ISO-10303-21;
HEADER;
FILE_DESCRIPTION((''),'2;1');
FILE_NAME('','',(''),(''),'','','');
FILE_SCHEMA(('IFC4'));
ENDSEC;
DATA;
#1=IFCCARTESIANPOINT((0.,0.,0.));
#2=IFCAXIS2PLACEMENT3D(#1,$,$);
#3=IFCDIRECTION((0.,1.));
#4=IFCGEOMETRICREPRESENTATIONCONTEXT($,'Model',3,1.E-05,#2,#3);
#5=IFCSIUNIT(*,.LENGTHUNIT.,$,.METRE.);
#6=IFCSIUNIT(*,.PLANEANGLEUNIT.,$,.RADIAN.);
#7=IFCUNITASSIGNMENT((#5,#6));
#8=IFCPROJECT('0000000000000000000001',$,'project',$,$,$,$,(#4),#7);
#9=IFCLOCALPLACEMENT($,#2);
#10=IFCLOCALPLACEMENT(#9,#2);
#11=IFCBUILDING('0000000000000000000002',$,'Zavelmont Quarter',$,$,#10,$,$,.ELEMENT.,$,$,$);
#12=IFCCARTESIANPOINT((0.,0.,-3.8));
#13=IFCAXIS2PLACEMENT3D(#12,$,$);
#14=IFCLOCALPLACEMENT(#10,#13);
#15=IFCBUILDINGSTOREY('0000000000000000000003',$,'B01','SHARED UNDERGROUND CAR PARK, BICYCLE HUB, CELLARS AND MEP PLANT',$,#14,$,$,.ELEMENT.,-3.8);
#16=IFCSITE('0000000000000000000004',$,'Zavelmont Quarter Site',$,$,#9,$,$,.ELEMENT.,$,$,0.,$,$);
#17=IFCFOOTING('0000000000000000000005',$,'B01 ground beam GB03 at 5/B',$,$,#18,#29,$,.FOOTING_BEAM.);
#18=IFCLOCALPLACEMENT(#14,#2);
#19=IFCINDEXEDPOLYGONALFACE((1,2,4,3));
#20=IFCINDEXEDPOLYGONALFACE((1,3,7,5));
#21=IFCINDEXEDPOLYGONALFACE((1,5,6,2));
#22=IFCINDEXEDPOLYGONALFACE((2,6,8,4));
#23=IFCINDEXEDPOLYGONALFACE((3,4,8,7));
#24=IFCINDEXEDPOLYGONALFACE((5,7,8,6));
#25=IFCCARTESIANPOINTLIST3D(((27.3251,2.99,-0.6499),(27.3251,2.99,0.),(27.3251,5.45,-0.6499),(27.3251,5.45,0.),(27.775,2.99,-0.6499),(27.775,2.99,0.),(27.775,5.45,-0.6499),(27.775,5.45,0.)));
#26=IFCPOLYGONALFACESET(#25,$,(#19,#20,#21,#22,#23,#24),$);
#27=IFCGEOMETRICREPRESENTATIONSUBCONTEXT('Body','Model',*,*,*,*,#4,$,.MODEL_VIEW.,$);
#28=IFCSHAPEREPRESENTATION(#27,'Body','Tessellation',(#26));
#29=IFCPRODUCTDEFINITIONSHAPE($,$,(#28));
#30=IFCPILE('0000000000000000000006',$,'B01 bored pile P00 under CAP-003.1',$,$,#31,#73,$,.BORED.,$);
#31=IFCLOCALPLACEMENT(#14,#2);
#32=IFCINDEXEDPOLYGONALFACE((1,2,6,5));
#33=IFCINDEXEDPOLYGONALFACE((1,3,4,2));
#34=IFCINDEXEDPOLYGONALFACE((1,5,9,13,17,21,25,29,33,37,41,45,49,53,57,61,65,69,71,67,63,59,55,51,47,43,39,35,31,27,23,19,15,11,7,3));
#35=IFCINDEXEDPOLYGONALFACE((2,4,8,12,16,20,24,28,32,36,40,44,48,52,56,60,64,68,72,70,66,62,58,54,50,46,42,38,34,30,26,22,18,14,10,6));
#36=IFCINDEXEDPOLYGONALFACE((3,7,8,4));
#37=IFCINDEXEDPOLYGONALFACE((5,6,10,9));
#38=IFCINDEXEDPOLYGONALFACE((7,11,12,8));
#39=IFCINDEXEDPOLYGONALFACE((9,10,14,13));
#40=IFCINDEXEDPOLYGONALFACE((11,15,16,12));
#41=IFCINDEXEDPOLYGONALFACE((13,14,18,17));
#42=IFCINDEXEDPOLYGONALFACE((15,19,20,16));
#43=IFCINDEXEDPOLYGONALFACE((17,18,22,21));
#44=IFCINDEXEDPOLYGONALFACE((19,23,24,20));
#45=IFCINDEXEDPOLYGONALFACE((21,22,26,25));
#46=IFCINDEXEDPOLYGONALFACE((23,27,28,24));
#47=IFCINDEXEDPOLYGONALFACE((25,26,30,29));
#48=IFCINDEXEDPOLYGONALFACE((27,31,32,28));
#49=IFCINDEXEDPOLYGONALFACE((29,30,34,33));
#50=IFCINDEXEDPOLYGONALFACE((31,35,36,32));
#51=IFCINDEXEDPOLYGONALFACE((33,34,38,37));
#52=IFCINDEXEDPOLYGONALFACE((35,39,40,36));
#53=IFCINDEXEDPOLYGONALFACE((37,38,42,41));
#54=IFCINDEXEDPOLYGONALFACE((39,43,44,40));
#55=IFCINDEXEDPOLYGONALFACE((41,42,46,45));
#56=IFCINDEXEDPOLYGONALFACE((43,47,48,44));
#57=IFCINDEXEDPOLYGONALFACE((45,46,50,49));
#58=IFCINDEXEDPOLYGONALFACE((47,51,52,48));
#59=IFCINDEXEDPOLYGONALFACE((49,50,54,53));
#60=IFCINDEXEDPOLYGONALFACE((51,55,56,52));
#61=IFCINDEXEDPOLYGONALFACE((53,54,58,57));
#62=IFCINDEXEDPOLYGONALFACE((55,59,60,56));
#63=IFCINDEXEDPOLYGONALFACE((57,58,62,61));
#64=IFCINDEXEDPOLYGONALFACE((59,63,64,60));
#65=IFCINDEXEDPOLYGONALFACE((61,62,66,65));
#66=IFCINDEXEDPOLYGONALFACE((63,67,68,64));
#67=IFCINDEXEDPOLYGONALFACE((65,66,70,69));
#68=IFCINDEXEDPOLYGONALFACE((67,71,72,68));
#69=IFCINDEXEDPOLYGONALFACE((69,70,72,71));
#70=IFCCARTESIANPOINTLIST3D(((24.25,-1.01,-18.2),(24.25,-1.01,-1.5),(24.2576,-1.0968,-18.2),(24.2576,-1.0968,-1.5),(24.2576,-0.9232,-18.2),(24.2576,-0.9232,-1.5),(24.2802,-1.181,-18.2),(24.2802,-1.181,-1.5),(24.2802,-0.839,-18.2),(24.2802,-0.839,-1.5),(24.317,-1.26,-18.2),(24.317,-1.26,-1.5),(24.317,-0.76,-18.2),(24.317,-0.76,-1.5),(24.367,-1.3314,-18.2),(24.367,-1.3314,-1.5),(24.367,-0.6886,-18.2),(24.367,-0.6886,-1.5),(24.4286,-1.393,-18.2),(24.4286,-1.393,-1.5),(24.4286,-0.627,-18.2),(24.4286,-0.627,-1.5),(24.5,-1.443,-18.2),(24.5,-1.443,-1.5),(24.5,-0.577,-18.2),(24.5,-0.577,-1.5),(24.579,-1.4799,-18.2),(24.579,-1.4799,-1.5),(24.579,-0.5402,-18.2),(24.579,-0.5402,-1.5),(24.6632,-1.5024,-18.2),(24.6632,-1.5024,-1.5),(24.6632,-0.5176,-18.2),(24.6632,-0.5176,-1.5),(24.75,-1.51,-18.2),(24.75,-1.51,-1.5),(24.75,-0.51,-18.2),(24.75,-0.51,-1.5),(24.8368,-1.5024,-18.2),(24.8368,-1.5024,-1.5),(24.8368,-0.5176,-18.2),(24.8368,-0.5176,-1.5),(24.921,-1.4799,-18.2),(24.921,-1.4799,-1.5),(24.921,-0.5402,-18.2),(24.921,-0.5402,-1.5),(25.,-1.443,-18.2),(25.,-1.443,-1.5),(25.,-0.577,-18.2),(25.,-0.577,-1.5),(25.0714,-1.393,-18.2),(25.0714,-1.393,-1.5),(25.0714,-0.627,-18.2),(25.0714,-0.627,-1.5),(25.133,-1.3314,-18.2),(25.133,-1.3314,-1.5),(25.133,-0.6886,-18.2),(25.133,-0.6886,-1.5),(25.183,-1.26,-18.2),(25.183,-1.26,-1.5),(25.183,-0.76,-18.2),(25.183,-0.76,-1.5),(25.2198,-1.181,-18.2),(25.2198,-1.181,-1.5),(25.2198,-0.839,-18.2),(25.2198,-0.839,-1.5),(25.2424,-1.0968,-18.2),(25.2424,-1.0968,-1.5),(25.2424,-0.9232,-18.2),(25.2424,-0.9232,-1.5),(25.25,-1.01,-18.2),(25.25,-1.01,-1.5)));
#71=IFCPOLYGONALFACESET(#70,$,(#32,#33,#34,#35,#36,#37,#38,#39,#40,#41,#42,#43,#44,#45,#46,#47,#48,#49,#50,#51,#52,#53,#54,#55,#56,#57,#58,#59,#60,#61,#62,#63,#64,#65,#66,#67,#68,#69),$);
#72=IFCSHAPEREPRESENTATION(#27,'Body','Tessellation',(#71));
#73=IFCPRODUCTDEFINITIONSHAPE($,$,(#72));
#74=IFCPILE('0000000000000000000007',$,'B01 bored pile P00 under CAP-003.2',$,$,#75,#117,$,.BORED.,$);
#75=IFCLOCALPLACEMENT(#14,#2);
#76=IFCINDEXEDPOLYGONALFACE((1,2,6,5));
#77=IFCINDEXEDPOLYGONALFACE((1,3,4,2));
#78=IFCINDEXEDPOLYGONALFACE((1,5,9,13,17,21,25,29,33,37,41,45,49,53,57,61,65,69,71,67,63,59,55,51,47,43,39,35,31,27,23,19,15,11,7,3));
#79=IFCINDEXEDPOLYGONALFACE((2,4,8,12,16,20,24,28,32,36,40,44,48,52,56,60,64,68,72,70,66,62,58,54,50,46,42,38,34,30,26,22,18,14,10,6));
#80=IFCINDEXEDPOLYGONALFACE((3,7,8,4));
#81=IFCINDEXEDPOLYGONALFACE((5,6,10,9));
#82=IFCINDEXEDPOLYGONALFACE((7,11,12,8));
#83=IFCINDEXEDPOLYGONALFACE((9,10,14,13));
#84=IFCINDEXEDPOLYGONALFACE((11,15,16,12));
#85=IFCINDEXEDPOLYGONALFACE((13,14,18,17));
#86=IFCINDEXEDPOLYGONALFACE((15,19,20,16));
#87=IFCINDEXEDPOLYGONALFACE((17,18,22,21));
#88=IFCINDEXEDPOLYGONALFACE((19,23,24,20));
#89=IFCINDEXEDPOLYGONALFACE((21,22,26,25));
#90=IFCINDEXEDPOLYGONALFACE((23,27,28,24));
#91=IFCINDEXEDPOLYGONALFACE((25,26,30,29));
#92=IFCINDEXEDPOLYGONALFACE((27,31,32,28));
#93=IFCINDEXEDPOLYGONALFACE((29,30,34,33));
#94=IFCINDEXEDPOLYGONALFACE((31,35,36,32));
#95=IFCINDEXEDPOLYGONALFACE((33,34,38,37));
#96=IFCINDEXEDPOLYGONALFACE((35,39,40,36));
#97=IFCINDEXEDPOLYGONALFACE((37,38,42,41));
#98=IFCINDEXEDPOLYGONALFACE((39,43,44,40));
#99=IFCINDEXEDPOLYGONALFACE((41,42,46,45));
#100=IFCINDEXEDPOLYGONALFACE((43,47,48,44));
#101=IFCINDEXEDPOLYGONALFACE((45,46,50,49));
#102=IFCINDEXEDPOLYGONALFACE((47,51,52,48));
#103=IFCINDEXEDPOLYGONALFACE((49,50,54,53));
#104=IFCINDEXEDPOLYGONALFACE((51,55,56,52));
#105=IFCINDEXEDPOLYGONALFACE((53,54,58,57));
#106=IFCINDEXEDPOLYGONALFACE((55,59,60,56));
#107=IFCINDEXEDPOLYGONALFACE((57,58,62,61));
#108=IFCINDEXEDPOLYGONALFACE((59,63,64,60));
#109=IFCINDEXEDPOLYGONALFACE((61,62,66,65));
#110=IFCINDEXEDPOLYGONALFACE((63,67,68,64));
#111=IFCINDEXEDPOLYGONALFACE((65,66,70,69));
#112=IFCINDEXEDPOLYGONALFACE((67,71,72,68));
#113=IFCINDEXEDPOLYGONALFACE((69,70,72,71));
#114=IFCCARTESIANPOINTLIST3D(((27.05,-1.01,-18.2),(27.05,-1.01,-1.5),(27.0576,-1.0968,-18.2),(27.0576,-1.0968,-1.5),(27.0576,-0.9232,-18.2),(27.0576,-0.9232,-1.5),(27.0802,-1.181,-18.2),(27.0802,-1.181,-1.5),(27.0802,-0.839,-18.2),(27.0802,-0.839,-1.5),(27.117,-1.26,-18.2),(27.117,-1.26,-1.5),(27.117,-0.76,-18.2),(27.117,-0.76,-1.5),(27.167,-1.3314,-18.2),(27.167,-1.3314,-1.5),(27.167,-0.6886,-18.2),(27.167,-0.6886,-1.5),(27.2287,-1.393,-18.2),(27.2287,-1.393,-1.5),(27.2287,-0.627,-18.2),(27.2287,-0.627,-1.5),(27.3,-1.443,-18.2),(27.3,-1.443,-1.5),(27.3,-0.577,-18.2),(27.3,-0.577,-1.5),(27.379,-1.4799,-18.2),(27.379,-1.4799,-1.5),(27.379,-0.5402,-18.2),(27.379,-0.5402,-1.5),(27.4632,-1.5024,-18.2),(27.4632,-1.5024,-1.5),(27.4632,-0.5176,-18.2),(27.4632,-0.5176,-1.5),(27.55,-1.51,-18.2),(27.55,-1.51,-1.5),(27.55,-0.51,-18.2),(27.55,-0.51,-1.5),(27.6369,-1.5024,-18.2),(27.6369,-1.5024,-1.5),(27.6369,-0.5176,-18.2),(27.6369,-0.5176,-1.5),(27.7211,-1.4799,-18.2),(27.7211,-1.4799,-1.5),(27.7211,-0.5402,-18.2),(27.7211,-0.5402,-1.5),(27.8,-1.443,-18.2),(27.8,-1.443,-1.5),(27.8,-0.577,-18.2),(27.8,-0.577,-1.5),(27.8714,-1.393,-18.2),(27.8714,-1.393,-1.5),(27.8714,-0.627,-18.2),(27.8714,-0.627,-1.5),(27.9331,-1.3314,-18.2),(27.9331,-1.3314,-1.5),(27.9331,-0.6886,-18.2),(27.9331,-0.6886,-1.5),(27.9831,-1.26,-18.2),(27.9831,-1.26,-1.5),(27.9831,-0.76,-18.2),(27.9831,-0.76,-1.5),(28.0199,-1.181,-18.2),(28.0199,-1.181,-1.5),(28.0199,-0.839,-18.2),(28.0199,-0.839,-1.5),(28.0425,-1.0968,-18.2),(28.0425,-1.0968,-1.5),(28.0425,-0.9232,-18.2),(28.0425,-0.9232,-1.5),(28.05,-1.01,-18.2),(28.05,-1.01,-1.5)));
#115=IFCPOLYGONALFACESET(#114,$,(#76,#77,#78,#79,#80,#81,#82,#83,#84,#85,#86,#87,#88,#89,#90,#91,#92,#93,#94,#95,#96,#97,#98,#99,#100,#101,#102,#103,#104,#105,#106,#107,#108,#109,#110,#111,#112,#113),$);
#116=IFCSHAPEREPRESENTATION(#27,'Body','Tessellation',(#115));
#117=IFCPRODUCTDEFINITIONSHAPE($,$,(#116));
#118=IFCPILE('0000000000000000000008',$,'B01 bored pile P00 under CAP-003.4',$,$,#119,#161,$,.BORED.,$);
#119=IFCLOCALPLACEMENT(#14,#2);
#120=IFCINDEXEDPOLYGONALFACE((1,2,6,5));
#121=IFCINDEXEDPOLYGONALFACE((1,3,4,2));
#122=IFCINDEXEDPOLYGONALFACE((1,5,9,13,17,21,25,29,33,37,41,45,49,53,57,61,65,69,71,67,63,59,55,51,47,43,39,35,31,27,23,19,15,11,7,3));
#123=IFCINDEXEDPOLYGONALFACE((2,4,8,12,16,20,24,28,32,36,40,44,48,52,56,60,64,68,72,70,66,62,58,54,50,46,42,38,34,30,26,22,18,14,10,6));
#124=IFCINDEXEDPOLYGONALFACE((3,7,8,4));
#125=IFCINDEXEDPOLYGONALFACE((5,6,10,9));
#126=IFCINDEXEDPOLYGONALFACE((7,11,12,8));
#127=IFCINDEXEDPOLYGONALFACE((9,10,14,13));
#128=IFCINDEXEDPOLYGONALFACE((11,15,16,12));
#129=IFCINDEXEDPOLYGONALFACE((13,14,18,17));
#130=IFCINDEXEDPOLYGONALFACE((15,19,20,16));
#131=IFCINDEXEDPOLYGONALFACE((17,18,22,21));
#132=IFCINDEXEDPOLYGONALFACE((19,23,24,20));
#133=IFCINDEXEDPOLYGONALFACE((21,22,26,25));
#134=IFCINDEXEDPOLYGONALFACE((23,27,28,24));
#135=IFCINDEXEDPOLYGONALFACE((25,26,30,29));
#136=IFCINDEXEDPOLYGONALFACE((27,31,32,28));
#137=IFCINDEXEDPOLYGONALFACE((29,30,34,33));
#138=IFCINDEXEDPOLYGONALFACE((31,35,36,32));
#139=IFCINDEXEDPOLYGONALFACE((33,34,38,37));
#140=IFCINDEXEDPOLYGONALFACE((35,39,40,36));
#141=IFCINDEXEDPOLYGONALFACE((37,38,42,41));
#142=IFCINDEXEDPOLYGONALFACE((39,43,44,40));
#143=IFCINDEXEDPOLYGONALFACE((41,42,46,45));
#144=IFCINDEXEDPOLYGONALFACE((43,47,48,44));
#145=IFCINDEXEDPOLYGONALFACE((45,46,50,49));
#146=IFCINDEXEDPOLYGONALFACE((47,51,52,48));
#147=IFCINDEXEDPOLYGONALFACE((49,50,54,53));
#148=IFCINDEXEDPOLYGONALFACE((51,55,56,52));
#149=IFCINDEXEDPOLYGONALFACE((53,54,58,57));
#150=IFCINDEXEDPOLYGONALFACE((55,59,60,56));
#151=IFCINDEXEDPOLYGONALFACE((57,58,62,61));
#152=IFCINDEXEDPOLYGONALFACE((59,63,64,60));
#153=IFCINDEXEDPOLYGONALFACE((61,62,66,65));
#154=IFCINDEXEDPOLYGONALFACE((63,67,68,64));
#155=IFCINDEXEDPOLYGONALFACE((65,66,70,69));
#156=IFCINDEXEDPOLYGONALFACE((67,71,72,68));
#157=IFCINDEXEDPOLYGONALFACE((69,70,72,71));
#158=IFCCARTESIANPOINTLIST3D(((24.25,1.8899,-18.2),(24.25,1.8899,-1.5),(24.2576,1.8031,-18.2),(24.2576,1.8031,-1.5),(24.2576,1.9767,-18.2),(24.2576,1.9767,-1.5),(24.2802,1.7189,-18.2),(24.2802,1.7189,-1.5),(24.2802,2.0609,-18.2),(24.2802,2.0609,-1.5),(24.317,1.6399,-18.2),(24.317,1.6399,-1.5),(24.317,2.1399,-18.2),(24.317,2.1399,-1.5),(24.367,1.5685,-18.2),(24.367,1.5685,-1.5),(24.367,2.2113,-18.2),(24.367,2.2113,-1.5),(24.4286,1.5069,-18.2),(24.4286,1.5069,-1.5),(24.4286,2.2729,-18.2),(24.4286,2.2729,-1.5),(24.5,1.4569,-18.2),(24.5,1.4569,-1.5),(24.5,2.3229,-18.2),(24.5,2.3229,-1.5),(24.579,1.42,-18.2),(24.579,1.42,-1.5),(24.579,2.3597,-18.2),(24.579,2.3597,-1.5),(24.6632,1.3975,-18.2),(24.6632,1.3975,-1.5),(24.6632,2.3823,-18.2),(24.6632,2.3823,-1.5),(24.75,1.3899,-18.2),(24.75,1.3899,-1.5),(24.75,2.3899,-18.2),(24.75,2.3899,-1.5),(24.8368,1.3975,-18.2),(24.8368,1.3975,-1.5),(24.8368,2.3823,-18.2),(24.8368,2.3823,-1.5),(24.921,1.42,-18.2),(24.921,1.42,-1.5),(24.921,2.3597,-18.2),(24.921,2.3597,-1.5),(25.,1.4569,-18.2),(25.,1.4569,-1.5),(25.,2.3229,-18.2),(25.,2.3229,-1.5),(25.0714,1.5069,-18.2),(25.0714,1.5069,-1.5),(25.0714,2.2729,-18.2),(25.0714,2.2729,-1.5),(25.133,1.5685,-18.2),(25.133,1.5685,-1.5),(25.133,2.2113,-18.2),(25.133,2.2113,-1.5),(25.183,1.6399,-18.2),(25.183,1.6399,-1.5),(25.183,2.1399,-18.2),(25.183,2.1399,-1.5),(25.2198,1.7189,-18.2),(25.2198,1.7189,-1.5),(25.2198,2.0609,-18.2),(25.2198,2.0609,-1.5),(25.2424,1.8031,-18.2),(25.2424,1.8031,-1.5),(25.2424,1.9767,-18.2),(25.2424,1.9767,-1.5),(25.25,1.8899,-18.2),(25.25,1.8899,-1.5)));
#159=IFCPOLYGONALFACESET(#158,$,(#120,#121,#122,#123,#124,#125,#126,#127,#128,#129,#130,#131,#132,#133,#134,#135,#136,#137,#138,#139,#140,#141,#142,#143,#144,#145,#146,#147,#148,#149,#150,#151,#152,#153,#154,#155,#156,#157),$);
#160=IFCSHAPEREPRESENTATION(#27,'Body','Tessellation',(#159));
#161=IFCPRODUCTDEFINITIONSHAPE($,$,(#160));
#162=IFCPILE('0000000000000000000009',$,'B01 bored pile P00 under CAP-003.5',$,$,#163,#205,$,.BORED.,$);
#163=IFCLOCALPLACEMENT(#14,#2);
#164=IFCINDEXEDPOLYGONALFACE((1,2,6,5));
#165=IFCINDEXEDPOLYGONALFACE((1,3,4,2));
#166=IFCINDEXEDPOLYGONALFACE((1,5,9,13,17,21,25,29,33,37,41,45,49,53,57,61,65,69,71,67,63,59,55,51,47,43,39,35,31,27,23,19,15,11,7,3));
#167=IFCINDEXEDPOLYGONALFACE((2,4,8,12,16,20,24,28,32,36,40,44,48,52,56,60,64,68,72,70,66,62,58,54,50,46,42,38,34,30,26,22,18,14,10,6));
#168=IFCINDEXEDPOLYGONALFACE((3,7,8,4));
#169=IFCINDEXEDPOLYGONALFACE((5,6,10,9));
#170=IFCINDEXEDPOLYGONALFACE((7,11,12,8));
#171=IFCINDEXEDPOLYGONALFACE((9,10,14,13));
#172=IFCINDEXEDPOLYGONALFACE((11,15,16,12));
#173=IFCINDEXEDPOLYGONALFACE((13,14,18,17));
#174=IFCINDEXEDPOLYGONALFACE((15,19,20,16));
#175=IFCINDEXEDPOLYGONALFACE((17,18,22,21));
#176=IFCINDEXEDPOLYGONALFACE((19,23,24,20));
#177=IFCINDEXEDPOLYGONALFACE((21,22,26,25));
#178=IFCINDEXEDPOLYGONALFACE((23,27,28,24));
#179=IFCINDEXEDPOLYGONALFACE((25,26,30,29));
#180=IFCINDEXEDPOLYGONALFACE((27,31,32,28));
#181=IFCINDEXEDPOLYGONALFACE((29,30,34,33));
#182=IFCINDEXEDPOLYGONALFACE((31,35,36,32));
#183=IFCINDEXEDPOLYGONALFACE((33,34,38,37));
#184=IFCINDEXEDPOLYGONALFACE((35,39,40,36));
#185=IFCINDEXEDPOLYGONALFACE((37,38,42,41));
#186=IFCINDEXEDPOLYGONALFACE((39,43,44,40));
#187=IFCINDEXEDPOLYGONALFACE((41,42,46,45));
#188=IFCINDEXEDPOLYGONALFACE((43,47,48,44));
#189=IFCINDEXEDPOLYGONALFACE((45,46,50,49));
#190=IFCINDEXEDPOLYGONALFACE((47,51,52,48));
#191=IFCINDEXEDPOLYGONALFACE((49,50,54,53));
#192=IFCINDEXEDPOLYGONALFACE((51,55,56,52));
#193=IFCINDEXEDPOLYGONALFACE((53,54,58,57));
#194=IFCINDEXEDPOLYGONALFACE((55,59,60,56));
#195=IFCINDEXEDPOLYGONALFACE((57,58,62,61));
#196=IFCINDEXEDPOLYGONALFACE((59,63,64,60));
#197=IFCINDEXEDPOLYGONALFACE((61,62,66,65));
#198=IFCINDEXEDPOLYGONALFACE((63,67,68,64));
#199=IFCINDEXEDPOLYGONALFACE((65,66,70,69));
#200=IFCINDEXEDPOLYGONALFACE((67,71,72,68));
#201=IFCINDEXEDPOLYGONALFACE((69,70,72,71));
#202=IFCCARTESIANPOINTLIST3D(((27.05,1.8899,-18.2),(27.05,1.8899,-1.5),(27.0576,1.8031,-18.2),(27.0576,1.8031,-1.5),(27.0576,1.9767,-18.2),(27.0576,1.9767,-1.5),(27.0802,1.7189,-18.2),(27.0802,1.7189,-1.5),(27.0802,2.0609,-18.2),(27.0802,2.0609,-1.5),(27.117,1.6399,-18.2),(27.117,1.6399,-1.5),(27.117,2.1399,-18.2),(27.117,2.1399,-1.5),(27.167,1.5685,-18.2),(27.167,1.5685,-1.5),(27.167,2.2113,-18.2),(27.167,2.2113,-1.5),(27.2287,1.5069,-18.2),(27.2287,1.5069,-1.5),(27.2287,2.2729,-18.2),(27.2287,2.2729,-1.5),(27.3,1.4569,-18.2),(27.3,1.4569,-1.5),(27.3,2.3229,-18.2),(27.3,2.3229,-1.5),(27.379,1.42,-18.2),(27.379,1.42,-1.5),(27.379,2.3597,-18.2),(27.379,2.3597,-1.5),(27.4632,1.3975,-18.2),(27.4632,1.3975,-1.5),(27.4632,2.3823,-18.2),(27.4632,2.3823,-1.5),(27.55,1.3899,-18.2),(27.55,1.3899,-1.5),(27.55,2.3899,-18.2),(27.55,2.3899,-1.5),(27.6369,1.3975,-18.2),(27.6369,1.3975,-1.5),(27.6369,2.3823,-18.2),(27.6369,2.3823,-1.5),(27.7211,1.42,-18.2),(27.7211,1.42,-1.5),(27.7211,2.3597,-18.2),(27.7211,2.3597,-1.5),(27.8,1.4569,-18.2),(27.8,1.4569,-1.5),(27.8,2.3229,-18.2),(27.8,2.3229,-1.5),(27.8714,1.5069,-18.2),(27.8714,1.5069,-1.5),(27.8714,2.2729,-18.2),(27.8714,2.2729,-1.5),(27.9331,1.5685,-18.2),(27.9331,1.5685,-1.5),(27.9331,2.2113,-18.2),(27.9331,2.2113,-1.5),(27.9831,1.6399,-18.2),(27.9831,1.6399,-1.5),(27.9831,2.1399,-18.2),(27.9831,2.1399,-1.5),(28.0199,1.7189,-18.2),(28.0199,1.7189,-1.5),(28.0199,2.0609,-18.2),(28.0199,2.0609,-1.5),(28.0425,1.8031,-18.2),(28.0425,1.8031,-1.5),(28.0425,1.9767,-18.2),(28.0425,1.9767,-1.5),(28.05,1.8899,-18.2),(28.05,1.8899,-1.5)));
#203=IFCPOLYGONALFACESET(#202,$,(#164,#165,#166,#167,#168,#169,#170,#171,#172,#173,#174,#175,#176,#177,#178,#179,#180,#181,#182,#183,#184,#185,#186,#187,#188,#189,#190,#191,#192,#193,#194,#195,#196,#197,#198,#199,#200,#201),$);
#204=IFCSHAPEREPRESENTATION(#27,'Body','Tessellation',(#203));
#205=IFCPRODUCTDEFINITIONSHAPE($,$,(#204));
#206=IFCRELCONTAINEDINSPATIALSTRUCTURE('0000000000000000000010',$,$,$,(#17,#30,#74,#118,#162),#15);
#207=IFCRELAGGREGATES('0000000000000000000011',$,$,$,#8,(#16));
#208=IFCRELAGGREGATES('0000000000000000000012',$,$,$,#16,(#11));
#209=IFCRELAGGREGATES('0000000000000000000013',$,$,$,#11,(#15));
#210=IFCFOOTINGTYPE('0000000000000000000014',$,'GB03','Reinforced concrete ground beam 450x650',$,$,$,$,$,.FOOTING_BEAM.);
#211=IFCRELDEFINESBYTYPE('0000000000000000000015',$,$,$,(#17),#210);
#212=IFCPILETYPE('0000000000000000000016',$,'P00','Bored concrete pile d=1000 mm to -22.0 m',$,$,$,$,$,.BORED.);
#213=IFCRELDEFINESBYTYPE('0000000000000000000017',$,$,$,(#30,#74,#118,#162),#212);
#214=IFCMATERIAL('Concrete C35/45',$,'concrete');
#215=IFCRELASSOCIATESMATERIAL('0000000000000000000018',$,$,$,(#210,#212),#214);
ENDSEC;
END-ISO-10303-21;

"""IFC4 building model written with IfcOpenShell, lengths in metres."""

from ifc_helpers import new_model, si_unit, direction, frame, origin, origin_2d, place, context, subcontext, project, spatial, rectangle, circle, extrude, material, material_profile, profile_set, type_object, element, save


model = new_model("IFC4")

# Units and contexts
model_context = context("Model", 3, precision=1e-05, world=origin(), true_north=direction((0.0, 1.0)))
body_context = subcontext(model_context, "Body", "Model", "MODEL_VIEW")
ifc_project = project(units=[si_unit("LENGTHUNIT", "METRE"), si_unit("PLANEANGLEUNIT", "RADIAN")], contexts=[model_context])

# Site, building, storey
site_placement = place(None, origin())
site = spatial("IfcSite", under=ifc_project, at=site_placement, Name="Zavelmont Quarter Site", CompositionType="ELEMENT", RefElevation=0.0)
building_placement = place(site_placement, origin())
building = spatial("IfcBuilding", under=site, at=building_placement, Name="Zavelmont Quarter", CompositionType="ELEMENT")
storey_placement = place(building_placement, frame((0.0, 0.0, -3.8)))
storey = spatial("IfcBuildingStorey", under=building, at=storey_placement, Name="B01", Description="SHARED UNDERGROUND CAR PARK, BICYCLE HUB, CELLARS AND MEP PLANT", CompositionType="ELEMENT", Elevation=-3.8)

# Footing
ifc_material_1 = material(Name="Concrete C35/45", Category="concrete")
footing_type_1 = type_object("IfcFootingType", Name="GB03", Description="Reinforced concrete ground beam 450x650", PredefinedType="FOOTING_BEAM", material=ifc_material_1)
footing_1_placement = place(storey_placement, frame((27.55, 4.22, -0.6499), z_axis=(0.0, 0.0, 1.0), x_axis=(0.0, 1.0, 0.0)))
element("IfcFooting", 1, at=footing_1_placement, inside=storey, type_object=footing_type_1, Name="B01 ground beam GB03 at 5/B", PredefinedType="FOOTING_BEAM", context=body_context, shape_type="SweptSolid", body=[
    extrude(rectangle(XDim=2.46, YDim=0.45, at=origin_2d()), origin(), (0.0, 0.0, 1.0), 0.6499),
])

# Piles
ifc_material_profile_1 = material_profile(ifc_material_1, circle(Radius=0.5, at=origin_2d()), Name="BP1000")
ifc_profile_set_1 = profile_set([ifc_material_profile_1], Name="Concrete C35/45")
pile_type = type_object("IfcPileType", Name="P00", Description="Bored concrete pile d=1000 mm to -22.0 m", PredefinedType="BORED", material=ifc_profile_set_1)
for number, where, z_axis, x_axis, name in (
    (2, (24.75, -1.01, -1.5), (0.0, 0.0, -1.0), (1.0, 0.0, 0.0), "B01 bored pile P00 under CAP-003.1"),
    (3, (27.55, -1.01, -1.5), (0.0, 0.0, -1.0), (1.0, 0.0, 0.0), "B01 bored pile P00 under CAP-003.2"),
    (4, (24.75, 1.8899, -1.5), (0.0, 0.0, -1.0), (1.0, 0.0, 0.0), "B01 bored pile P00 under CAP-003.4"),
    (5, (27.55, 1.8899, -1.5), (0.0, 0.0, -1.0), (1.0, 0.0, 0.0), "B01 bored pile P00 under CAP-003.5"),
):
    element("IfcPile", number, at=place(storey_placement, frame(where, z_axis=z_axis, x_axis=x_axis)), inside=storey, type_object=pile_type, Name=name, PredefinedType="BORED", context=body_context, shape_type="SweptSolid", body=[
        extrude(circle(Radius=0.5, at=origin_2d()), origin(), (0.0, 0.0, 1.0), 16.7),
    ])

save(model, "model.ifc")
